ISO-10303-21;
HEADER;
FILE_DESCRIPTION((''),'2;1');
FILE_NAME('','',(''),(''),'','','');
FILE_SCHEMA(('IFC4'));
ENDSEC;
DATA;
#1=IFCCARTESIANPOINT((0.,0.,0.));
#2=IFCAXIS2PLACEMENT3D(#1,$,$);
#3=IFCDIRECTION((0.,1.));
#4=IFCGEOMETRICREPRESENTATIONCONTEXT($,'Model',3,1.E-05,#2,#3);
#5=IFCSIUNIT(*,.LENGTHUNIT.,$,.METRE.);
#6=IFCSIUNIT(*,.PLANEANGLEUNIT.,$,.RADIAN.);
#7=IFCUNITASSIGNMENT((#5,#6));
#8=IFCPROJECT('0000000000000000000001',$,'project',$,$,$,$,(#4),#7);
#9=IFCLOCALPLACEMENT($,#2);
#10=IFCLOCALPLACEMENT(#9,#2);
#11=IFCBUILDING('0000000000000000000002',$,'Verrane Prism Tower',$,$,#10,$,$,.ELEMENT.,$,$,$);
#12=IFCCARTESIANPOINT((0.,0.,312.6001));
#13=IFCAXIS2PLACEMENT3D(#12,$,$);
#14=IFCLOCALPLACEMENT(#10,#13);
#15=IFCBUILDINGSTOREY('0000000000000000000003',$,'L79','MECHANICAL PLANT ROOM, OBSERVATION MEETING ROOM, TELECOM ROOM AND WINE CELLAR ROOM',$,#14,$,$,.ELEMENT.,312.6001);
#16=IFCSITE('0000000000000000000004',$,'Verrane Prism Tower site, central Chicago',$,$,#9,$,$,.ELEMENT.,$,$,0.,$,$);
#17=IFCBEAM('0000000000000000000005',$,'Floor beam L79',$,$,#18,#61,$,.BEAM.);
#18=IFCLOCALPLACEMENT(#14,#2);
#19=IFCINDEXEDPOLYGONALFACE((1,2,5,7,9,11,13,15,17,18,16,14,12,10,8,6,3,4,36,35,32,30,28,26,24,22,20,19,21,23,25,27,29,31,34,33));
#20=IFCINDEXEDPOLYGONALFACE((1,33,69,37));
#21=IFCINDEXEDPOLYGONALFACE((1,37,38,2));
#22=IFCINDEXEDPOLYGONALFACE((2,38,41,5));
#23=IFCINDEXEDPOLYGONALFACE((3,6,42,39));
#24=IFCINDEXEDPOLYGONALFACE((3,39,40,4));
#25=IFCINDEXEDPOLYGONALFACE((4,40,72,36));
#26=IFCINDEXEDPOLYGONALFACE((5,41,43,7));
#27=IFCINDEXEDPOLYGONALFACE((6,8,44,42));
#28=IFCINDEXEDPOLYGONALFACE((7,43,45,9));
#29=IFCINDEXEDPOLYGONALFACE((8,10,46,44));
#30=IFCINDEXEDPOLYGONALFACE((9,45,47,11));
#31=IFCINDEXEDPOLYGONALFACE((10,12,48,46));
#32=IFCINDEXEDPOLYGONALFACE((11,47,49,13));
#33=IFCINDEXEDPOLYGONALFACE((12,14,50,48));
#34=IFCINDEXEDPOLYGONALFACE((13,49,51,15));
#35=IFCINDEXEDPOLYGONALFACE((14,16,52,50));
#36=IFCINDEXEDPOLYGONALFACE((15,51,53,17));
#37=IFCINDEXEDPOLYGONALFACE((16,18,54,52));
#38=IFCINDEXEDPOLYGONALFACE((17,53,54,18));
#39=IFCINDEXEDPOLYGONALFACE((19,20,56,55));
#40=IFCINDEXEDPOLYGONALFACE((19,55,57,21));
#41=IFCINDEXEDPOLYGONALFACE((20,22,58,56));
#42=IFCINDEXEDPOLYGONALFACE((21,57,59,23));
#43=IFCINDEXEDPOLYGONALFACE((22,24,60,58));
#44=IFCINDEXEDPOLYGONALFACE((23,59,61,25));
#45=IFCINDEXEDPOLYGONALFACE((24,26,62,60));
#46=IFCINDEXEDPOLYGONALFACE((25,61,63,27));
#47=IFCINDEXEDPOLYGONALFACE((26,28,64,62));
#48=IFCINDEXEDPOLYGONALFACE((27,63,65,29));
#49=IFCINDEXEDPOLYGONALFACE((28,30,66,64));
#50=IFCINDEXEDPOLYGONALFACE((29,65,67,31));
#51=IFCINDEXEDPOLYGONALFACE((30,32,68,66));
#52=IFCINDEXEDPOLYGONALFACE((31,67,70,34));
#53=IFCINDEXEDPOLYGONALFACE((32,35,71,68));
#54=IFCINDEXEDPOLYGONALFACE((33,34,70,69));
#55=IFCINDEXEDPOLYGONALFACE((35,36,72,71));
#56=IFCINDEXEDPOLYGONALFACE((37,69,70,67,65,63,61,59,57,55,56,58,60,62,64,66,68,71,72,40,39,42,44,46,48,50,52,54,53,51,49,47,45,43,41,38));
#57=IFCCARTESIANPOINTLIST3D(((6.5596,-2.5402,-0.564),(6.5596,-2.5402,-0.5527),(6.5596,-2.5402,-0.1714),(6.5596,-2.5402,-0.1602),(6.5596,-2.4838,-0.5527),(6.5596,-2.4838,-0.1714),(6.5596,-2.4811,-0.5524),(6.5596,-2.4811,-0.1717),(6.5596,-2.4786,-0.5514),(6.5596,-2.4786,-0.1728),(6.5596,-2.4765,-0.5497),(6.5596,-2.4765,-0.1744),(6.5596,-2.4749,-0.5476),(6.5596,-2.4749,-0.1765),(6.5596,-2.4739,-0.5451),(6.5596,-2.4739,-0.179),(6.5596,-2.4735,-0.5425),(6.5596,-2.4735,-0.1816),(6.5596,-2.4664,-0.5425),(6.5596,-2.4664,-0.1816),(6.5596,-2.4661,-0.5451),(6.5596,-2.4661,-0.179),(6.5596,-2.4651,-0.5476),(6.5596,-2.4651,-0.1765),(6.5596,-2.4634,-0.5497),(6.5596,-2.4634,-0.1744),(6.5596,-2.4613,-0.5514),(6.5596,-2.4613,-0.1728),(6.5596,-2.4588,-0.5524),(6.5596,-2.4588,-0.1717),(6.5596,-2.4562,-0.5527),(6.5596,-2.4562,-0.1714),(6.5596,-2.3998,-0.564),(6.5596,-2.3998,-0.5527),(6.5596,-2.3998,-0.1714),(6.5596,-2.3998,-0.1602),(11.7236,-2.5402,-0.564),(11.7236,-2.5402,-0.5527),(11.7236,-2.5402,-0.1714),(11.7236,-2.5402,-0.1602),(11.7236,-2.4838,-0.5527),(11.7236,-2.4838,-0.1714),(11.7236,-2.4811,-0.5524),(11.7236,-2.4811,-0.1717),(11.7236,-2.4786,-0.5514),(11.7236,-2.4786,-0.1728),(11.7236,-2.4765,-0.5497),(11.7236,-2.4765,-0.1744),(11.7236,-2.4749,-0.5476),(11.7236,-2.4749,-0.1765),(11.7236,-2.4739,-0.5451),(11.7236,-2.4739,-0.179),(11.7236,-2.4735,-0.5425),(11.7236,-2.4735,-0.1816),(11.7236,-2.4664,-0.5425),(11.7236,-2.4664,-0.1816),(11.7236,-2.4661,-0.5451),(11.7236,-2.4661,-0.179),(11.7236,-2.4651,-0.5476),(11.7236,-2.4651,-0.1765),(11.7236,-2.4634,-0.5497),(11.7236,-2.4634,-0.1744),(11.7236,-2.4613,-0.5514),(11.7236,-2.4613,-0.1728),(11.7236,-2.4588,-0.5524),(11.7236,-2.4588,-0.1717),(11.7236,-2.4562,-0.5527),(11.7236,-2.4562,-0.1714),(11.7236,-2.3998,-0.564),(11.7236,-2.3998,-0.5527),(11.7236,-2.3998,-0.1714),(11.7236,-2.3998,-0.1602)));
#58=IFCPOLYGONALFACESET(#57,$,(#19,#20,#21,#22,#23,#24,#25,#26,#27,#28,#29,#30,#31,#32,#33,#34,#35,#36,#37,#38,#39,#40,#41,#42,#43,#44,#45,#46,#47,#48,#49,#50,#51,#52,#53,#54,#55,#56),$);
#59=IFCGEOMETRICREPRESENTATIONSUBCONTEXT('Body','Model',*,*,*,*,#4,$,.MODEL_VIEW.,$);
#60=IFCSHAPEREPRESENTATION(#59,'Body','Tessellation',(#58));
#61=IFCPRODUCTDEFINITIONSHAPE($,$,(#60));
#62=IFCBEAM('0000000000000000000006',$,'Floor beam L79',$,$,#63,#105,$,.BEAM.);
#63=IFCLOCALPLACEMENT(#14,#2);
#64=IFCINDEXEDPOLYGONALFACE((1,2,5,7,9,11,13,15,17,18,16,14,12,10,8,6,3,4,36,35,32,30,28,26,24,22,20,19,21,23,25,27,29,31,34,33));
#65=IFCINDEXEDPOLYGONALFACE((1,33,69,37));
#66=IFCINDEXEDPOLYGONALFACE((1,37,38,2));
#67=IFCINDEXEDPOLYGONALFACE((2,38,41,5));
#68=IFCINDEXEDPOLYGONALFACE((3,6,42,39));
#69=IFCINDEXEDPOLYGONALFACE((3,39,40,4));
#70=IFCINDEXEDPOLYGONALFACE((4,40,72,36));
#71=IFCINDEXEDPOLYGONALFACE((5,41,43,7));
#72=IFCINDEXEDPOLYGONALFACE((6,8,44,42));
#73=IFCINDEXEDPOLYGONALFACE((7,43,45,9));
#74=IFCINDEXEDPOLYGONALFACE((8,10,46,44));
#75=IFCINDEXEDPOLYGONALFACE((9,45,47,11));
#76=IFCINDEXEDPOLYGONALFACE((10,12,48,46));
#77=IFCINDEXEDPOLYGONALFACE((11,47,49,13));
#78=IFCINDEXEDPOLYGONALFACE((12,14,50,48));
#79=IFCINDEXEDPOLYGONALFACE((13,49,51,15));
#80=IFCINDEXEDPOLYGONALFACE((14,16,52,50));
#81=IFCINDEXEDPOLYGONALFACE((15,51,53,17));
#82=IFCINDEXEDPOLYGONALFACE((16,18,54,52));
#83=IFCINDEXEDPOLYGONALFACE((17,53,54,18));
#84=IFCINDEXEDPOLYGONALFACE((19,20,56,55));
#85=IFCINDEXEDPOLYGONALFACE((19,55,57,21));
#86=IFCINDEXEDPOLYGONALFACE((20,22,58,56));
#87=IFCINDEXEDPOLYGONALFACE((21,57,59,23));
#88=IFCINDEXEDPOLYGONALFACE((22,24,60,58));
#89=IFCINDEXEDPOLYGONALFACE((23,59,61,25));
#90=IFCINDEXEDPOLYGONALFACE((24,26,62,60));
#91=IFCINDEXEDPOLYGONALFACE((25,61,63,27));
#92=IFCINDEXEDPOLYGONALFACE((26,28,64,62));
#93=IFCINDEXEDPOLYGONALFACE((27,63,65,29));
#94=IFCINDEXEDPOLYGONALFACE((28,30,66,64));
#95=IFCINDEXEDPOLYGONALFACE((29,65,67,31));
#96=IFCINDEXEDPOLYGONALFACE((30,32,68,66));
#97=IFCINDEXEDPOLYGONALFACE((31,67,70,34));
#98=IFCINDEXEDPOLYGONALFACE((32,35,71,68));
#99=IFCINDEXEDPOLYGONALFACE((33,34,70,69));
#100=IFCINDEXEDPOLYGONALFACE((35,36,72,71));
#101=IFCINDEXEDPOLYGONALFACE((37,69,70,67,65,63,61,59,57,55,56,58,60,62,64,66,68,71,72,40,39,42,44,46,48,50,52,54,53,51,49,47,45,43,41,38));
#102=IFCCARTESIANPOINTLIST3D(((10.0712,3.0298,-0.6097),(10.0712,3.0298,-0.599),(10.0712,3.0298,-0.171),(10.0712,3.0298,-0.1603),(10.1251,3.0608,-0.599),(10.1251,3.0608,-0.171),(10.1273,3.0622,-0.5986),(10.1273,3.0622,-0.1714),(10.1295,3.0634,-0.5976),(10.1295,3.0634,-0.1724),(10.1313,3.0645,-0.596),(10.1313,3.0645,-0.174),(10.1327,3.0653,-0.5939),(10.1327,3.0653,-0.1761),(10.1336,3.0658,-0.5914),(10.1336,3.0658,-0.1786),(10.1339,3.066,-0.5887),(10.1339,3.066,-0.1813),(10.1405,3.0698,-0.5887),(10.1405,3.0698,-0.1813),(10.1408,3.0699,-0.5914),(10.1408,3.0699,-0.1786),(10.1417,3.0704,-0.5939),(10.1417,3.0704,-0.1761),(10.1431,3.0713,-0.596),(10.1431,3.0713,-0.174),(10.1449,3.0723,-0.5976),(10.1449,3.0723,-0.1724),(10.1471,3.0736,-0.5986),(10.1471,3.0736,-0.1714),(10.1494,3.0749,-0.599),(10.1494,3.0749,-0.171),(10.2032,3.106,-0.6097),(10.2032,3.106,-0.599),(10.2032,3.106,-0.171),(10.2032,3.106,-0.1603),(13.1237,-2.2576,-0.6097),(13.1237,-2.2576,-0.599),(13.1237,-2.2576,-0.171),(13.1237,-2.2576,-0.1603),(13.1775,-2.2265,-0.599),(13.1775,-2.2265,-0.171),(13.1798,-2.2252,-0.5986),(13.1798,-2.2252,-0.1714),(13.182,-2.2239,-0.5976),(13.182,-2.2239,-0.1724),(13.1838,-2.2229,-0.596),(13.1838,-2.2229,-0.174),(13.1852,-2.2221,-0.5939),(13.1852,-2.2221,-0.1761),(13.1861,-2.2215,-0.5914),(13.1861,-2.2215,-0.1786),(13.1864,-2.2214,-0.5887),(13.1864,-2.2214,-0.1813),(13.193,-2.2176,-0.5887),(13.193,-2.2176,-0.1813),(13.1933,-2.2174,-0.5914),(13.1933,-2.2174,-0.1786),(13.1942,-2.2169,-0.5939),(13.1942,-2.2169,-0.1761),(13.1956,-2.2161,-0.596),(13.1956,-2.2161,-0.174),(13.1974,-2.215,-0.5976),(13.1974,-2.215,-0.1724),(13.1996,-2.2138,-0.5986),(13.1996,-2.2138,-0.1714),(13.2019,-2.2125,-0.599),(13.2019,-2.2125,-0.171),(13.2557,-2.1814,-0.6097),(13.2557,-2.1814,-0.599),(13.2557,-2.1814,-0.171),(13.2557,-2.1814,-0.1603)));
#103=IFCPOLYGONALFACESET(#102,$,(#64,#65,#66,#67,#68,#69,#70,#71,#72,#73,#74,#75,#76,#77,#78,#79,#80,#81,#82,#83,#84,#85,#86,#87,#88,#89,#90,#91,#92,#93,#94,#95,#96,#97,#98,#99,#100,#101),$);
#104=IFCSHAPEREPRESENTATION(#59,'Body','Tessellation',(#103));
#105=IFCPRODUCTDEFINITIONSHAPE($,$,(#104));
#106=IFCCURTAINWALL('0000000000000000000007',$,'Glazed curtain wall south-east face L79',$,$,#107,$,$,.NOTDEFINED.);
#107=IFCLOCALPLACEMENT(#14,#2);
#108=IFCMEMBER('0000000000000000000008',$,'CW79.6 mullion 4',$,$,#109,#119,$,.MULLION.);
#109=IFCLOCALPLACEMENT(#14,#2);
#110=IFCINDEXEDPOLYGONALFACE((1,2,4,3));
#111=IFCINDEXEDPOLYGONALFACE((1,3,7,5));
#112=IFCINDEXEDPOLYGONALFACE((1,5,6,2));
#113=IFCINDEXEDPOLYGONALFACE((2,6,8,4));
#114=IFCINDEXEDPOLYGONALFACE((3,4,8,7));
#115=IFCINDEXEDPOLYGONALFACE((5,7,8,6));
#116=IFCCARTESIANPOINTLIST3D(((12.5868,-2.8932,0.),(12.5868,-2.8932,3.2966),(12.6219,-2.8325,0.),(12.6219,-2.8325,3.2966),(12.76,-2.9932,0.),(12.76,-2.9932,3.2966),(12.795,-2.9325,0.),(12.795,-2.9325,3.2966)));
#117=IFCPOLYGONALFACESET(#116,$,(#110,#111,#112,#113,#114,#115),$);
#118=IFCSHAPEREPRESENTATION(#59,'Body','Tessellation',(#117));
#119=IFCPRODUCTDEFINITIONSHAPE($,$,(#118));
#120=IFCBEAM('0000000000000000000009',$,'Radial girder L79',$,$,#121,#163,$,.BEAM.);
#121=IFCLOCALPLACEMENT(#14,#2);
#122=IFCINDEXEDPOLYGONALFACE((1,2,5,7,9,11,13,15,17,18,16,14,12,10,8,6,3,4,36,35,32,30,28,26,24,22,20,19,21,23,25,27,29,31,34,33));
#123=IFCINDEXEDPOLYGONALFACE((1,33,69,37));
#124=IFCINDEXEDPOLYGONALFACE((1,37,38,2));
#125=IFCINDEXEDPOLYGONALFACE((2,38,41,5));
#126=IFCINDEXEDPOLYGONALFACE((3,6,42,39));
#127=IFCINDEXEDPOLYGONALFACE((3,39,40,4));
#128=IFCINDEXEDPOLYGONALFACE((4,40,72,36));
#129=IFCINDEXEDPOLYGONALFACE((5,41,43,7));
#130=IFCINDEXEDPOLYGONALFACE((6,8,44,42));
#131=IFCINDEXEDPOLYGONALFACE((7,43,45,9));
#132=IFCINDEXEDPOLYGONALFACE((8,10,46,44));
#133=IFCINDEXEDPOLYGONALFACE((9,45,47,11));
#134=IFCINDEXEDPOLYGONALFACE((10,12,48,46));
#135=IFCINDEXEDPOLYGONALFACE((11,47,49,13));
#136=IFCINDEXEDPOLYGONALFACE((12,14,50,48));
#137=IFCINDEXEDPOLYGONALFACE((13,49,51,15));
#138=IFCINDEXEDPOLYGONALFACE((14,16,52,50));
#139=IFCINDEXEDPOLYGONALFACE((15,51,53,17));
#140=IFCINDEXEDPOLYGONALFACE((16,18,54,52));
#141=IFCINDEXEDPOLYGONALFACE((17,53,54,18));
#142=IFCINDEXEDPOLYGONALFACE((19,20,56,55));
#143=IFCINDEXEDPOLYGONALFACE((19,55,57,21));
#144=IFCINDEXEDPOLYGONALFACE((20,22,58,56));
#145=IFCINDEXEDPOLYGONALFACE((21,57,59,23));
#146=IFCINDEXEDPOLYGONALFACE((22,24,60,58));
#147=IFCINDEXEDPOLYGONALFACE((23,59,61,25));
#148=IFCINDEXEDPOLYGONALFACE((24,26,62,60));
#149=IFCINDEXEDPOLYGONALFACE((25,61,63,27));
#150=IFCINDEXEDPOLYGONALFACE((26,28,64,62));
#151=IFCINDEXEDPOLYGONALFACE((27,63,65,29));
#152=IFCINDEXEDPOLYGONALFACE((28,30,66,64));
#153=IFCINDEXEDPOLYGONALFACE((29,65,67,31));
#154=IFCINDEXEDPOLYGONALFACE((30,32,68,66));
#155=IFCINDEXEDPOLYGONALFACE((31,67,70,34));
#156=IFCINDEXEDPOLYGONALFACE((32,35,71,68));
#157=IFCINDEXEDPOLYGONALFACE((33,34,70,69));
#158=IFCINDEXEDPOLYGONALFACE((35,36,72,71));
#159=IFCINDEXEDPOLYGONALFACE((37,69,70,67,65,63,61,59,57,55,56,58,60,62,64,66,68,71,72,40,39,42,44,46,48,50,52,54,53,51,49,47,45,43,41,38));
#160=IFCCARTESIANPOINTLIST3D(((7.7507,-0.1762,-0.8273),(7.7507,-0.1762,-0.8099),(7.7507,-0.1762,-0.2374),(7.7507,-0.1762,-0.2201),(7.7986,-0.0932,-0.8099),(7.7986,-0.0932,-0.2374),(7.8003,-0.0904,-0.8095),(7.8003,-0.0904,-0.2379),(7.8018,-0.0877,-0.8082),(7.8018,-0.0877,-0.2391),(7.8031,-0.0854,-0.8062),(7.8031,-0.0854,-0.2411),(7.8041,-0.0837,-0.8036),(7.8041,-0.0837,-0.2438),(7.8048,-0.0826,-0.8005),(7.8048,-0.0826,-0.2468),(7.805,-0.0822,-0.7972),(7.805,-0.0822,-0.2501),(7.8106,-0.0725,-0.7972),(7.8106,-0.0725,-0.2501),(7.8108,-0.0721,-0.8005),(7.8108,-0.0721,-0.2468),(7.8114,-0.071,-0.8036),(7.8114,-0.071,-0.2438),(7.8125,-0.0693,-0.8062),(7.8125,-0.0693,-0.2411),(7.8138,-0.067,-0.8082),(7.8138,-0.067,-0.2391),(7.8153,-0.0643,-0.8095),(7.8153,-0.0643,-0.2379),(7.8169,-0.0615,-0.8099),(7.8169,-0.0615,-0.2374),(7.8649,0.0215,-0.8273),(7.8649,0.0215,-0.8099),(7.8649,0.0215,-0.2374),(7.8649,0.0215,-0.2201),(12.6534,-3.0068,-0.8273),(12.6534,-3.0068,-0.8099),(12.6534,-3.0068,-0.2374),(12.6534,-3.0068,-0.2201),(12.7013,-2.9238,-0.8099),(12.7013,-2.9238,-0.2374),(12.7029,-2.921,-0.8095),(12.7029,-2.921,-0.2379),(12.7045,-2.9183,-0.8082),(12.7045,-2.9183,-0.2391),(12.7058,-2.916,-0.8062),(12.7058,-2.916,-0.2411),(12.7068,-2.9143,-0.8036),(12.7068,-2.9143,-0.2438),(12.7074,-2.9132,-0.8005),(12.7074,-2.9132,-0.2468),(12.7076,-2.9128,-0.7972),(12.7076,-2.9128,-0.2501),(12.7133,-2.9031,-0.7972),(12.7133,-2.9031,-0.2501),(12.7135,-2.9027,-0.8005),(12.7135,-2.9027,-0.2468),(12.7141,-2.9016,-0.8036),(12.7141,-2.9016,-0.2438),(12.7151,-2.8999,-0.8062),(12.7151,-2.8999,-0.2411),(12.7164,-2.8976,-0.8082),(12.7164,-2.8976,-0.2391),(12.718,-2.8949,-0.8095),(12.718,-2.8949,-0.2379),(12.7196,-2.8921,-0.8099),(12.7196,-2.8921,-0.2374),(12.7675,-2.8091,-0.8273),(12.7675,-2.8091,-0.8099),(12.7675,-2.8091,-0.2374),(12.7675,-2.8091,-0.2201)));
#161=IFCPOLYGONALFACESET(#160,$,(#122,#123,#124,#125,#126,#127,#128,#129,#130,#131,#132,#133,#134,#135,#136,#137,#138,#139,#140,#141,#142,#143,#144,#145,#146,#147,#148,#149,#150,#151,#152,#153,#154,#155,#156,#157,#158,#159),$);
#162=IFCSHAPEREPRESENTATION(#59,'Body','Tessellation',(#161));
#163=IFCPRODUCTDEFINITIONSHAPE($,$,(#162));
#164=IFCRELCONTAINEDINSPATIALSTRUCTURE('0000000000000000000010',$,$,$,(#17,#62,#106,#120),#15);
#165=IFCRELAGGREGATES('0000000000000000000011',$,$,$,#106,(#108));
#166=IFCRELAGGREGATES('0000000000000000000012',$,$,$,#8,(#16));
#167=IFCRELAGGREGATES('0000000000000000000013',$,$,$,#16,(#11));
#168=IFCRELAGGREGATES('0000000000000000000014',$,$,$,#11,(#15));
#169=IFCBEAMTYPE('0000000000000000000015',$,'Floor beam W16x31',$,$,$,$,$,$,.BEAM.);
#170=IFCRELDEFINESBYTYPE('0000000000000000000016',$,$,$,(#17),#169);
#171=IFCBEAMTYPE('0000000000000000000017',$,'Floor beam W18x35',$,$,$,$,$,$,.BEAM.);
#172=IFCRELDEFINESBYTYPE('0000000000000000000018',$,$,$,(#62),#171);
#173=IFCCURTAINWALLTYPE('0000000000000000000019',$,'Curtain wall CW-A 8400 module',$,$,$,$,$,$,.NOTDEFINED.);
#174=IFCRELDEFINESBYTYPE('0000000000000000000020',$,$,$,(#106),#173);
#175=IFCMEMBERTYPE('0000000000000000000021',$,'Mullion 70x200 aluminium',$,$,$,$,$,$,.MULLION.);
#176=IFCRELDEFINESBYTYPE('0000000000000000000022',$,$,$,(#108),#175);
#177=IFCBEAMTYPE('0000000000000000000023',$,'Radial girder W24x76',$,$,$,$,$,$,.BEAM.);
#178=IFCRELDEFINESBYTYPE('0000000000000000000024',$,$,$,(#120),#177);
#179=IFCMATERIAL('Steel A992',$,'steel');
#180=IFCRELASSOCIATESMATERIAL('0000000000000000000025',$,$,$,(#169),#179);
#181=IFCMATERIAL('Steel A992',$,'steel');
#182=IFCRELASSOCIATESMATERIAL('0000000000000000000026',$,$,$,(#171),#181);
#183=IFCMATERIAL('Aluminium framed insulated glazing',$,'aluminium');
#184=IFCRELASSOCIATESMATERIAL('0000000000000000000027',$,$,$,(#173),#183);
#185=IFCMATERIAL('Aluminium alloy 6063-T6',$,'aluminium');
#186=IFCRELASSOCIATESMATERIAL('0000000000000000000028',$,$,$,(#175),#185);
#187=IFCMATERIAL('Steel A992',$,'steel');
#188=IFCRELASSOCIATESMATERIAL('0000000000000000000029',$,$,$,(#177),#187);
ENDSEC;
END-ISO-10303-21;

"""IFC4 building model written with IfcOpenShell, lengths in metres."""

from ifc_helpers import new_model, si_unit, direction, frame, origin, origin_2d, place, context, subcontext, project, spatial, rectangle, i_section, extrude, material, material_profile, profile_set, type_object, element, aggregate, save


model = new_model("IFC4")

# Units and contexts
model_context = context("Model", 3, precision=1e-05, world=origin(), true_north=direction((0.0, 1.0)))
body_context = subcontext(model_context, "Body", "Model", "MODEL_VIEW")
ifc_project = project(units=[si_unit("LENGTHUNIT", "METRE"), si_unit("PLANEANGLEUNIT", "RADIAN")], contexts=[model_context])

# Site, building, storey
site_placement = place(None, origin())
site = spatial("IfcSite", under=ifc_project, at=site_placement, Name="Verrane Prism Tower site, central Chicago", CompositionType="ELEMENT", RefElevation=0.0)
building_placement = place(site_placement, origin())
building = spatial("IfcBuilding", under=site, at=building_placement, Name="Verrane Prism Tower", CompositionType="ELEMENT")
storey_placement = place(building_placement, frame((0.0, 0.0, 312.6001)))
storey = spatial("IfcBuildingStorey", under=building, at=storey_placement, Name="L79", Description="MECHANICAL PLANT ROOM, OBSERVATION MEETING ROOM, TELECOM ROOM AND WINE CELLAR ROOM", CompositionType="ELEMENT", Elevation=312.6001)

# Beams
ifc_material_1 = material(Name="Steel A992", Category="steel")
ifc_material_profile_1 = material_profile(ifc_material_1, i_section(OverallWidth=0.1404, OverallDepth=0.4038, WebThickness=0.0071, FlangeThickness=0.0112, FilletRadius=0.0103, at=origin_2d()), Name="W16x31")
ifc_profile_set_1 = profile_set([ifc_material_profile_1], Name="Steel A992")
beam_type_1 = type_object("IfcBeamType", Name="Floor beam W16x31", PredefinedType="BEAM", material=ifc_profile_set_1)
beam_1_placement = place(storey_placement, frame((6.5596, -2.47, -0.3621), z_axis=(1.0, 0.0, 0.0), x_axis=(0.0, 1.0, 0.0)))
element("IfcBeam", 1, at=beam_1_placement, inside=storey, type_object=beam_type_1, Name="Floor beam L79", PredefinedType="BEAM", context=body_context, shape_type="SweptSolid", body=[
    extrude(i_section(OverallWidth=0.1404, OverallDepth=0.4038, WebThickness=0.0071, FlangeThickness=0.0112, FilletRadius=0.0103, at=origin_2d()), origin(), (0.0, 0.0, 1.0), 5.1641),
])
ifc_material_2 = material(Name="Steel A992", Category="steel")
ifc_material_profile_2 = material_profile(ifc_material_2, i_section(OverallWidth=0.1523, OverallDepth=0.4495, WebThickness=0.0076, FlangeThickness=0.0107, FilletRadius=0.0103, at=origin_2d()), Name="W18x35")
ifc_profile_set_2 = profile_set([ifc_material_profile_2], Name="Steel A992")
beam_type_2 = type_object("IfcBeamType", Name="Floor beam W18x35", PredefinedType="BEAM", material=ifc_profile_set_2)
beam_2_placement = place(storey_placement, frame((13.1897, -2.2195, -0.385), z_axis=(-0.49998, 0.866037, 0.0), x_axis=(-0.866037, -0.49998, 0.0)))
element("IfcBeam", 2, at=beam_2_placement, inside=storey, type_object=beam_type_2, Name="Floor beam L79", PredefinedType="BEAM", context=body_context, shape_type="SweptSolid", body=[
    extrude(i_section(OverallWidth=0.1523, OverallDepth=0.4495, WebThickness=0.0076, FlangeThickness=0.0107, FilletRadius=0.0103, at=origin_2d()), origin(), (0.0, 0.0, 1.0), 6.1052),
])

# Curtain wall, member
ifc_material_3 = material(Name="Aluminium framed insulated glazing", Category="aluminium")
curtain_wall_type = type_object("IfcCurtainWallType", Name="Curtain wall CW-A 8400 module", PredefinedType="NOTDEFINED", material=ifc_material_3)
curtain_wall_placement = place(storey_placement, origin())
curtain_wall = element("IfcCurtainWall", 3, at=curtain_wall_placement, inside=storey, type_object=curtain_wall_type, Name="Glazed curtain wall south-east face L79", PredefinedType="NOTDEFINED")
ifc_material_4 = material(Name="Aluminium alloy 6063-T6", Category="aluminium")
ifc_material_profile_3 = material_profile(ifc_material_4, rectangle(XDim=0.2, YDim=0.0701, at=origin_2d()), Name="Mullion 70x200 aluminium")
ifc_profile_set_3 = profile_set([ifc_material_profile_3], Name="Aluminium alloy 6063-T6")
member_type_1 = type_object("IfcMemberType", Name="Mullion 70x200 aluminium", PredefinedType="MULLION", material=ifc_profile_set_3)
member_1_placement = place(storey_placement, frame((12.6909, -2.9128, 0.0), z_axis=(0.0, 0.0, 1.0), x_axis=(-0.866025, 0.5, 0.0)))
member_1 = element("IfcMember", 4, at=member_1_placement, type_object=member_type_1, Name="CW79.6 mullion 4", PredefinedType="MULLION", context=body_context, shape_type="SweptSolid", body=[
    extrude(rectangle(XDim=0.2, YDim=0.0701, at=origin_2d()), origin(), (0.0, 0.0, 1.0), 3.2966),
])

# Beam
ifc_material_5 = material(Name="Steel A992", Category="steel")
ifc_material_profile_4 = material_profile(ifc_material_5, i_section(OverallWidth=0.2283, OverallDepth=0.6072, WebThickness=0.0112, FlangeThickness=0.0173, FilletRadius=0.0127, at=origin_2d()), Name="W24x76")
ifc_profile_set_4 = profile_set([ifc_material_profile_4], Name="Steel A992")
beam_type_3 = type_object("IfcBeamType", Name="Radial girder W24x76", PredefinedType="BEAM", material=ifc_profile_set_4)
beam_3_placement = place(storey_placement, frame((12.7104, -2.908, -0.5237), z_axis=(-0.866021, 0.500007, 0.0), x_axis=(-0.500007, -0.866021, 0.0)))
element("IfcBeam", 5, at=beam_3_placement, inside=storey, type_object=beam_type_3, Name="Radial girder L79", PredefinedType="BEAM", context=body_context, shape_type="SweptSolid", body=[
    extrude(i_section(OverallWidth=0.2283, OverallDepth=0.6072, WebThickness=0.0112, FlangeThickness=0.0173, FilletRadius=0.0127, at=origin_2d()), origin(), (0.0, 0.0, 1.0), 5.6611),
])

aggregate(curtain_wall, [member_1])

save(model, "model.ifc")
